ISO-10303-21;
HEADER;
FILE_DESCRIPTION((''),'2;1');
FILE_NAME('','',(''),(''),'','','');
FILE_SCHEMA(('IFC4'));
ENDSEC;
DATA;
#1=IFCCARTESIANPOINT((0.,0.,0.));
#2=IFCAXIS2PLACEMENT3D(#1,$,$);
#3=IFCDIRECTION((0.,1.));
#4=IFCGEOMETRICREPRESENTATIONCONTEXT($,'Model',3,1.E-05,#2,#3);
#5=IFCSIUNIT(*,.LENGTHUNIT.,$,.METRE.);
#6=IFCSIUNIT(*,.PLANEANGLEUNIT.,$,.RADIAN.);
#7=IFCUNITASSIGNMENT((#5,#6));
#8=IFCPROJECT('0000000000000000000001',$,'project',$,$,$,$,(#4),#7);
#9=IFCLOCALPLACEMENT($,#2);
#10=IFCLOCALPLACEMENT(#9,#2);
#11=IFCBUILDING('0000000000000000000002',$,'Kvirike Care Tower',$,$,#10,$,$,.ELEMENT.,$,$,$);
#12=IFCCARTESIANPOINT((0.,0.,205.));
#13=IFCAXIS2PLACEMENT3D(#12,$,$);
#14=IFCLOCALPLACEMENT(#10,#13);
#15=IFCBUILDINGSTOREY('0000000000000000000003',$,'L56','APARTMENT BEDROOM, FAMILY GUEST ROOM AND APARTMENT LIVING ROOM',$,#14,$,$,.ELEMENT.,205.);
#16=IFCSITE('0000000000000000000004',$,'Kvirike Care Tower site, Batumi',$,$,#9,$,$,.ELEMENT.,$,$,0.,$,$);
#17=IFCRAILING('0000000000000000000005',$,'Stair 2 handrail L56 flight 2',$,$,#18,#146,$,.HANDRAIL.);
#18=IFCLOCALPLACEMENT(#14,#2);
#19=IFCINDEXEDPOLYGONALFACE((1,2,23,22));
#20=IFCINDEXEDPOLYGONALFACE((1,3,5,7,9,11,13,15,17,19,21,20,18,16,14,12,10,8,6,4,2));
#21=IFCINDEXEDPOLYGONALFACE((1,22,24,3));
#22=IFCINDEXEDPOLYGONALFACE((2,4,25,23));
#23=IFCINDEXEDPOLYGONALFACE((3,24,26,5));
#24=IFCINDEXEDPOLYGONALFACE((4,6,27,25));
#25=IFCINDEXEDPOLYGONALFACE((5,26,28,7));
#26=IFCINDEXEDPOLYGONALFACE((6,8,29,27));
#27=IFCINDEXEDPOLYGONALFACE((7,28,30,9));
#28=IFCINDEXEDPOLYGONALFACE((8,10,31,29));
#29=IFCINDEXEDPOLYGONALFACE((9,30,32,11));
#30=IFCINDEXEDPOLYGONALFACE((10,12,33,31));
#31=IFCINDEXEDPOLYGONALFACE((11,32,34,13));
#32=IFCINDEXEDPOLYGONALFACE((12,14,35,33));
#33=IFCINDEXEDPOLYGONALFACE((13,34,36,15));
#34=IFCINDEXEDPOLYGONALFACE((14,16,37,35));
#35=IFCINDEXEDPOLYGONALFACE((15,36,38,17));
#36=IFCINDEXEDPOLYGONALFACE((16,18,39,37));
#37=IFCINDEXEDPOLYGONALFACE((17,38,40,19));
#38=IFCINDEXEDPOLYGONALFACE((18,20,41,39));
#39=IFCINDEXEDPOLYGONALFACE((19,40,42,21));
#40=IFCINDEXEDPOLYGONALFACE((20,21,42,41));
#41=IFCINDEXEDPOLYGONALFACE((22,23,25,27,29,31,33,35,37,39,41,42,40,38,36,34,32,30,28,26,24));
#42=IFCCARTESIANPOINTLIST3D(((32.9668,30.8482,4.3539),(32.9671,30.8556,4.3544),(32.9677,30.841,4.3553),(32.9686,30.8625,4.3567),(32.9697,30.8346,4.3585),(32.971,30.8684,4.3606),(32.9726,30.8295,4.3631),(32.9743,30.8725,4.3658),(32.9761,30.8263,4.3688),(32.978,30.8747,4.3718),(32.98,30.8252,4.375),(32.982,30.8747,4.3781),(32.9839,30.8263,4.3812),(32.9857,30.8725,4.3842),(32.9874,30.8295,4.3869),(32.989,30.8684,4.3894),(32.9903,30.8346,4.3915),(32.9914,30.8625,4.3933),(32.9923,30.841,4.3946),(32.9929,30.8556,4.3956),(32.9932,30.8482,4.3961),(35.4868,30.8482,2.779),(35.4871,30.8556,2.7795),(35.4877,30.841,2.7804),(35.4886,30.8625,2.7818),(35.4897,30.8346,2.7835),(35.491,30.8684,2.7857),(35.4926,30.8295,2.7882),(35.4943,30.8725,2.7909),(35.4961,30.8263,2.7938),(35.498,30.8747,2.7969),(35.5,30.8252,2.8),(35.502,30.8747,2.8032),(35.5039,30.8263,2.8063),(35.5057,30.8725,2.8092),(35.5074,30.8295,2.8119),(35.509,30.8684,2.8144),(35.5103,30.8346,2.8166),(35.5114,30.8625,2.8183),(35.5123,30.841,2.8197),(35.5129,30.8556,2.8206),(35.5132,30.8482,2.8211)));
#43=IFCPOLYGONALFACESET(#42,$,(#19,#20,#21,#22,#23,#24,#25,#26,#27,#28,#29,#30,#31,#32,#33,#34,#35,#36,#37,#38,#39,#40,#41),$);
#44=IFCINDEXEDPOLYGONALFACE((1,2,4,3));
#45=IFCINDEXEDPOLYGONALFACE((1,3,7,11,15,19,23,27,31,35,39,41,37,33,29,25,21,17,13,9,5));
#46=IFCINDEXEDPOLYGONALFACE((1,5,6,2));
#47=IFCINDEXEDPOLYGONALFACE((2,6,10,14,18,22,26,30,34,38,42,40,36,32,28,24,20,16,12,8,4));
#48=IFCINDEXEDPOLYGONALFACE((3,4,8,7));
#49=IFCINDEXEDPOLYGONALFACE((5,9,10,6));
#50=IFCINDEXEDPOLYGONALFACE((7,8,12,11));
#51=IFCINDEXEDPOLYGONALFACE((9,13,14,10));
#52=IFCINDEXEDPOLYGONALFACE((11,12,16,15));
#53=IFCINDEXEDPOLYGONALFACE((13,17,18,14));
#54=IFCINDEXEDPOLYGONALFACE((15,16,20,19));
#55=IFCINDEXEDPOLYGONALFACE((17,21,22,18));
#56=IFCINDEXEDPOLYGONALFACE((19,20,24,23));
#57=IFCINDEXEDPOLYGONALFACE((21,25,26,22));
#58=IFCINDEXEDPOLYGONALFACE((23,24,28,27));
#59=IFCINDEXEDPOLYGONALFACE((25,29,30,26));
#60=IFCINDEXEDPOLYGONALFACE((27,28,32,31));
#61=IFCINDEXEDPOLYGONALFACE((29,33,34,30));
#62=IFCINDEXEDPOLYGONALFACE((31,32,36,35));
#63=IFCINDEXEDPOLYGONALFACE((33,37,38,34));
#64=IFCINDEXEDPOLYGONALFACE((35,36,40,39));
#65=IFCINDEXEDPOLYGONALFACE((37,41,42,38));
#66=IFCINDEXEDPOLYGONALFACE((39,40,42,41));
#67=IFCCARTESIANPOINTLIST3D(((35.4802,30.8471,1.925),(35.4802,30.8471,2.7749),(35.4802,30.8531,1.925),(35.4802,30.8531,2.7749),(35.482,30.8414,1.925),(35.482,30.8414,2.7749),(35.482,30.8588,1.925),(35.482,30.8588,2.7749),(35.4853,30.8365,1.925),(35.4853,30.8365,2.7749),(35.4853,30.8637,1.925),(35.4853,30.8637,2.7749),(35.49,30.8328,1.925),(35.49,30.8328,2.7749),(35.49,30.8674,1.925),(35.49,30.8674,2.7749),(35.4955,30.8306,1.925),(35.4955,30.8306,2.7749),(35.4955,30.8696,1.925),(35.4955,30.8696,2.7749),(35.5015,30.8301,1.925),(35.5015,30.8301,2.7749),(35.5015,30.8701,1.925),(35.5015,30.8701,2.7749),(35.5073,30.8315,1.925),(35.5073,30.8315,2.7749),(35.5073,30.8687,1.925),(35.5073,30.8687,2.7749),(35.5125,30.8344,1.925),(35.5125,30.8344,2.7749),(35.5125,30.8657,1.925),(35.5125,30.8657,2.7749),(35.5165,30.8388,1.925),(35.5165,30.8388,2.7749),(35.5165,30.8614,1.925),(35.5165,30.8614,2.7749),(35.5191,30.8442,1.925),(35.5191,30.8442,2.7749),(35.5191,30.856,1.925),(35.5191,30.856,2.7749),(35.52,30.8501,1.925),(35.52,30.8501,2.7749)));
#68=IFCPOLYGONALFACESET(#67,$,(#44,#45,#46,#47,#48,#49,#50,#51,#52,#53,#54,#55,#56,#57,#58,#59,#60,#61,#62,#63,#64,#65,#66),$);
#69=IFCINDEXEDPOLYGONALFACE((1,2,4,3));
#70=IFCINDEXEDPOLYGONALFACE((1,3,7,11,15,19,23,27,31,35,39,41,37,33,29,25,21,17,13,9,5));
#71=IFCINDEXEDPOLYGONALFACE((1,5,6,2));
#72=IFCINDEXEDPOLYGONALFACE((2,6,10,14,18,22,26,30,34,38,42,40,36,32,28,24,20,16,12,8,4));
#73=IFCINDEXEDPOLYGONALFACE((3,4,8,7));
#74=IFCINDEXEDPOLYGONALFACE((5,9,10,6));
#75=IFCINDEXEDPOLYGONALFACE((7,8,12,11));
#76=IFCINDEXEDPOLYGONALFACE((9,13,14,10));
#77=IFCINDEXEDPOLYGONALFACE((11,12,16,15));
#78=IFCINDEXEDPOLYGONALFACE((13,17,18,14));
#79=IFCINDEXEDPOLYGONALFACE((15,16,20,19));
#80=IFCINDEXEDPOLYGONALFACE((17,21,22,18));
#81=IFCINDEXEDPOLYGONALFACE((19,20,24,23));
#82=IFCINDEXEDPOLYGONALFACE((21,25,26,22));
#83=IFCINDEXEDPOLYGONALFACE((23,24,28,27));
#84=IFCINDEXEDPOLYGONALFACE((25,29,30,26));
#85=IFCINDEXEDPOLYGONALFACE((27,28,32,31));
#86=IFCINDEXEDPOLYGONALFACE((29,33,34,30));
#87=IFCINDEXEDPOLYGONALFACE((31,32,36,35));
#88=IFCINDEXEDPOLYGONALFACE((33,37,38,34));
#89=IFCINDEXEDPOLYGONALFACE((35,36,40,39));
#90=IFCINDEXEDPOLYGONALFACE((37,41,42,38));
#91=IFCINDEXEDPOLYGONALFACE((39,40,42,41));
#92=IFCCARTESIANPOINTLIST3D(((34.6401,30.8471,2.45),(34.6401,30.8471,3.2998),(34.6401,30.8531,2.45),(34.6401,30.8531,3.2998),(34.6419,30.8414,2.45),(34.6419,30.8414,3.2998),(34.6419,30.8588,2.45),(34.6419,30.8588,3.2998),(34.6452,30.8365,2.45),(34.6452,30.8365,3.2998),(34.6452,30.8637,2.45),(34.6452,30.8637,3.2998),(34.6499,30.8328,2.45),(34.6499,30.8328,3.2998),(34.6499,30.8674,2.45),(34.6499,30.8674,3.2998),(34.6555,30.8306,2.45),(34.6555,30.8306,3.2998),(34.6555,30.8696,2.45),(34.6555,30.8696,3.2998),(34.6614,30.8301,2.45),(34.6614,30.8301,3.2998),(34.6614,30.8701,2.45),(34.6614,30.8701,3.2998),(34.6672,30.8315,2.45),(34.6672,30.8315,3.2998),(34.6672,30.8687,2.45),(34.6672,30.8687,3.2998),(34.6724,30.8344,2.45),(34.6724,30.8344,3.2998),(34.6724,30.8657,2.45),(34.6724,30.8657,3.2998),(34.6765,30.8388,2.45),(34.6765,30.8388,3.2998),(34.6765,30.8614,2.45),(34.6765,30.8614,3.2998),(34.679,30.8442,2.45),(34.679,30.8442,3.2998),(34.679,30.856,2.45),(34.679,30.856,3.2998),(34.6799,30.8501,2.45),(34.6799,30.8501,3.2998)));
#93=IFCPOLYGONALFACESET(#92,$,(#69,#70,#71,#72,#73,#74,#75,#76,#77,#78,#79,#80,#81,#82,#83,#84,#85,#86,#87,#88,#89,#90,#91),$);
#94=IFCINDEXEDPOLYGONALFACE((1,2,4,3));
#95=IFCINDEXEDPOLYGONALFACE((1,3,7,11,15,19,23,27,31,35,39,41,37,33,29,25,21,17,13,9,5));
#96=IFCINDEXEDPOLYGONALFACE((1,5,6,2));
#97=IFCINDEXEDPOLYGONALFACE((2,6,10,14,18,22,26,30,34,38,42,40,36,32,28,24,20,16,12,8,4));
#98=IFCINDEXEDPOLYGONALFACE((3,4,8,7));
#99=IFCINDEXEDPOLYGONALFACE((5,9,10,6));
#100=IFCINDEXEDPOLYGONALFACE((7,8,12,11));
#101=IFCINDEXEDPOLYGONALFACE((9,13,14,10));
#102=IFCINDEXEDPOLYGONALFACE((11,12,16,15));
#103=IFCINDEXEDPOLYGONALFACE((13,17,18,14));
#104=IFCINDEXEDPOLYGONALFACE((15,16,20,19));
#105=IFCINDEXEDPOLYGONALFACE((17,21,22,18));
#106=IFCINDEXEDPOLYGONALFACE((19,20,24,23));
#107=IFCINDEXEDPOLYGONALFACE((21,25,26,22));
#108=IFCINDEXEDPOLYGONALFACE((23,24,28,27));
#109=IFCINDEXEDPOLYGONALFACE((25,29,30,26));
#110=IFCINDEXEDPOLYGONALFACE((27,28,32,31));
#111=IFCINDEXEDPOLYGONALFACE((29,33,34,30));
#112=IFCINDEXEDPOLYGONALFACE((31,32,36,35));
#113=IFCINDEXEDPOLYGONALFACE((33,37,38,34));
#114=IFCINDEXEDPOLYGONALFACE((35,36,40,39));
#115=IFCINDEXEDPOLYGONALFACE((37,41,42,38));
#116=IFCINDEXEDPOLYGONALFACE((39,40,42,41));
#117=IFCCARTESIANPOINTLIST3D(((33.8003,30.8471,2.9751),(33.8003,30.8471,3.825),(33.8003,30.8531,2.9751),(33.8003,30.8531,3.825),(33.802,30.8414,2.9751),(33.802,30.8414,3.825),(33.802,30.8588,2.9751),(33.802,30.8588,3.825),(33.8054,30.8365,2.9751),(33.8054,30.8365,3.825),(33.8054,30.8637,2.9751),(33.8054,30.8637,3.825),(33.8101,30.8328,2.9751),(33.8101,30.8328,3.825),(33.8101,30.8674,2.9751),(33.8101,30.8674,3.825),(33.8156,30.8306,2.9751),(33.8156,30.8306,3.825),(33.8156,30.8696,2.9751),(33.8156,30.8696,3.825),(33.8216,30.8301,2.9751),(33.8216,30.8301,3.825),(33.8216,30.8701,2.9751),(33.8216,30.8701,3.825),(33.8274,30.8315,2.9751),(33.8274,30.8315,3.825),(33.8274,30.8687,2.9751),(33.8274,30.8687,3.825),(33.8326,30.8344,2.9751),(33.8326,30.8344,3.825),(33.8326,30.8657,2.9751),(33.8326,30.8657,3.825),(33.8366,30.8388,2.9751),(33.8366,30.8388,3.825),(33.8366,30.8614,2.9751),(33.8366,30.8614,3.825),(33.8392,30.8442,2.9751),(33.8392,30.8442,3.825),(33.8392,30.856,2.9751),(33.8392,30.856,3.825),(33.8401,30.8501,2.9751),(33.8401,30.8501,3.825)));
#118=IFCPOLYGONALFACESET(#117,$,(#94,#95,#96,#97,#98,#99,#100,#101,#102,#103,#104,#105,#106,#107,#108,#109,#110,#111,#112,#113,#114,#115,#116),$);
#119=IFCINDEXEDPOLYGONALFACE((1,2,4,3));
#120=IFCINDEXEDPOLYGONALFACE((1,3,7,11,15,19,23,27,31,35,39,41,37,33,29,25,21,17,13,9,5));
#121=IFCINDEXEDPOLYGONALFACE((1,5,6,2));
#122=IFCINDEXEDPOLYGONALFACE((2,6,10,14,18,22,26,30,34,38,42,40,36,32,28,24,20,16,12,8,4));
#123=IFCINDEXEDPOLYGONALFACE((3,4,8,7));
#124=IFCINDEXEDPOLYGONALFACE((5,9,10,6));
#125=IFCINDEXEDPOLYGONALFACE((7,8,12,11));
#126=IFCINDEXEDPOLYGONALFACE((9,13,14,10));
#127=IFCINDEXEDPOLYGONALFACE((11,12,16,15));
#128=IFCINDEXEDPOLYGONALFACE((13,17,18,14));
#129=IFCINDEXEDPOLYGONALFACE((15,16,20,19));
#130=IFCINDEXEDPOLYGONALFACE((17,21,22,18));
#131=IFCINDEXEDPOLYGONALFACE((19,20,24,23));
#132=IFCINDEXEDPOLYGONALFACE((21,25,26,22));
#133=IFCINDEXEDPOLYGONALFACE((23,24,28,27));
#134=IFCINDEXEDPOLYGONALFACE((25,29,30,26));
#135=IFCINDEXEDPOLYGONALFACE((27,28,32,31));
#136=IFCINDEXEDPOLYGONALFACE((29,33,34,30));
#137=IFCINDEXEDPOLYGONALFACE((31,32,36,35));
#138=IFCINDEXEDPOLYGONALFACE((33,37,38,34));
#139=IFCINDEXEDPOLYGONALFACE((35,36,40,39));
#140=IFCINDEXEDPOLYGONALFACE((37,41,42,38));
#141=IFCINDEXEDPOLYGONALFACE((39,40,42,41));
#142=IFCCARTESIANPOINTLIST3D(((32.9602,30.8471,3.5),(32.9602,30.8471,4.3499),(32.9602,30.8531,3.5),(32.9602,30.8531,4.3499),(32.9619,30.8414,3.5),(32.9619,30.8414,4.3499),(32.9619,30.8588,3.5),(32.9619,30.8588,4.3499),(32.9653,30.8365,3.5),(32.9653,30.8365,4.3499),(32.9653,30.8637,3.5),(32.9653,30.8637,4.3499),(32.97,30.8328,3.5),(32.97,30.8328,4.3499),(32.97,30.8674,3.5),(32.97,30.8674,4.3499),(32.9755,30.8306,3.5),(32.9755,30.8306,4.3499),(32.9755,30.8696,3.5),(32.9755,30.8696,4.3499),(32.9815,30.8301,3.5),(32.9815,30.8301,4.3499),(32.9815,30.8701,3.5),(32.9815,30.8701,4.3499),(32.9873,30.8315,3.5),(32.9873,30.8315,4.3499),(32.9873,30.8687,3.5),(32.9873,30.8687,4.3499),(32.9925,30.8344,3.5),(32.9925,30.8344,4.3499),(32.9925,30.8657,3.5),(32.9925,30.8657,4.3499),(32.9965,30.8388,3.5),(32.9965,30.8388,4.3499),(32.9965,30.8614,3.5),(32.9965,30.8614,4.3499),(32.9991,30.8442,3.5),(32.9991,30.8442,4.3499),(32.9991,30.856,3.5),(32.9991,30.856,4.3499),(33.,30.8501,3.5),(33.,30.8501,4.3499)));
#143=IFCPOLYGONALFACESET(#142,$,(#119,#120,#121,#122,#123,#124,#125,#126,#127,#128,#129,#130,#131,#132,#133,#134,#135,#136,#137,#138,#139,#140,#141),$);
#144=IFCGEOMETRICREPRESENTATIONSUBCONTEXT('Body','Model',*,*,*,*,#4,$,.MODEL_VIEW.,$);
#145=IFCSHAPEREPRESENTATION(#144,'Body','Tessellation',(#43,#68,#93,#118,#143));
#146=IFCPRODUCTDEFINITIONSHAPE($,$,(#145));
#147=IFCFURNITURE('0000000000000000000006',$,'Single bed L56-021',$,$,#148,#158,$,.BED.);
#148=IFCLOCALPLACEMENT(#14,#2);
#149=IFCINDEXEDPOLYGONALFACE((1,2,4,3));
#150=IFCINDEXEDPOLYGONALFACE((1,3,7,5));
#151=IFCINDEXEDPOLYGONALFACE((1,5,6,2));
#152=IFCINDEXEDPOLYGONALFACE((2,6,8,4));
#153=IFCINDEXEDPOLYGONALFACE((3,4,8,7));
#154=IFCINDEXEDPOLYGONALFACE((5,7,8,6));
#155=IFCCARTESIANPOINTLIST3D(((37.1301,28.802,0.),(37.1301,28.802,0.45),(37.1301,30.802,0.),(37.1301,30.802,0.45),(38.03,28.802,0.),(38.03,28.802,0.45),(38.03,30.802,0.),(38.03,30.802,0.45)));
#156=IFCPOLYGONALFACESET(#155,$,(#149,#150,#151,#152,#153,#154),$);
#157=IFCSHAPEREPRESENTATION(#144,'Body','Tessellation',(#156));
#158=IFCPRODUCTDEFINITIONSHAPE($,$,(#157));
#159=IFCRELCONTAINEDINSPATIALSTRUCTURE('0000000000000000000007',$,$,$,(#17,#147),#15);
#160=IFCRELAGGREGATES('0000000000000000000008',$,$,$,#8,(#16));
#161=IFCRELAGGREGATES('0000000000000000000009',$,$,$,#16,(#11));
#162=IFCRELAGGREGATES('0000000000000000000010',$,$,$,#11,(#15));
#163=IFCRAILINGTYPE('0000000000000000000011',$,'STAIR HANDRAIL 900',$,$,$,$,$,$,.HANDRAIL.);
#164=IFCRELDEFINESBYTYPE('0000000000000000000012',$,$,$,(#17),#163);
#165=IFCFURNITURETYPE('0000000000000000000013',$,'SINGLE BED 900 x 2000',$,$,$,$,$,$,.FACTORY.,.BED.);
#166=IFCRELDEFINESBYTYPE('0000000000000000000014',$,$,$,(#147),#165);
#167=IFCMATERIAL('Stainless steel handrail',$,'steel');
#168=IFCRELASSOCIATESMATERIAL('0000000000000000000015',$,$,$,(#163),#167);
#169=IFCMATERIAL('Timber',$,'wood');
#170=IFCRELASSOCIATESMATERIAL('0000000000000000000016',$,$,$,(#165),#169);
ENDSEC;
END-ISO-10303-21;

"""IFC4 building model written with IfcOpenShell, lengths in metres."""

from ifc_helpers import new_model, si_unit, direction, frame, origin, origin_2d, place, context, subcontext, project, spatial, rectangle, circle, extrude, material, type_object, element, save


model = new_model("IFC4")

# Units and contexts
model_context = context("Model", 3, precision=1e-05, world=origin(), true_north=direction((0.0, 1.0)))
body_context = subcontext(model_context, "Body", "Model", "MODEL_VIEW")
ifc_project = project(units=[si_unit("LENGTHUNIT", "METRE"), si_unit("PLANEANGLEUNIT", "RADIAN")], contexts=[model_context])

# Site, building, storey
site_placement = place(None, origin())
site = spatial("IfcSite", under=ifc_project, at=site_placement, Name="Kvirike Care Tower site, Batumi", CompositionType="ELEMENT", RefElevation=0.0)
building_placement = place(site_placement, origin())
building = spatial("IfcBuilding", under=site, at=building_placement, Name="Kvirike Care Tower", CompositionType="ELEMENT")
storey_placement = place(building_placement, frame((0.0, 0.0, 205.0)))
storey = spatial("IfcBuildingStorey", under=building, at=storey_placement, Name="L56", Description="APARTMENT BEDROOM, FAMILY GUEST ROOM AND APARTMENT LIVING ROOM", CompositionType="ELEMENT", Elevation=205.0)

# Railing
ifc_material_1 = material(Name="Stainless steel handrail", Category="steel")
railing_type = type_object("IfcRailingType", Name="STAIR HANDRAIL 900", PredefinedType="HANDRAIL", material=ifc_material_1)
railing_1_placement = place(storey_placement, frame((35.5, 30.8501, 1.925)))
element("IfcRailing", 1, at=railing_1_placement, inside=storey, type_object=railing_type, Name="Stair 2 handrail L56 flight 2", PredefinedType="HANDRAIL", context=body_context, shape_type="SweptSolid", body=[
    extrude(circle(Radius=0.0249, at=origin_2d()), frame((0.0, 0.0, 0.875), z_axis=(-0.848008, 0.0, 0.529984), x_axis=(0.0, -1.0, 0.0)), (0.0, 0.0, 1.0), 2.9717),
    extrude(circle(Radius=0.02, at=origin_2d()), origin(), (0.0, 0.0, 1.0), 0.8499),
    extrude(circle(Radius=0.02, at=origin_2d()), frame((-0.8401, 0.0, 0.5249)), (0.0, 0.0, 1.0), 0.8499),
    extrude(circle(Radius=0.02, at=origin_2d()), frame((-1.6799, 0.0, 1.05)), (0.0, 0.0, 1.0), 0.8499),
    extrude(circle(Radius=0.02, at=origin_2d()), frame((-2.52, 0.0, 1.575)), (0.0, 0.0, 1.0), 0.8499),
])

# Furniture
ifc_material_2 = material(Name="Timber", Category="wood")
furniture_type = type_object("IfcFurnitureType", Name="SINGLE BED 900 x 2000", AssemblyPlace="FACTORY", PredefinedType="BED", material=ifc_material_2)
furniture_placement = place(storey_placement, frame((37.5801, 29.802, 0.0), z_axis=(0.0, 0.0, 1.0), x_axis=(-1.0, 0.0, 0.0)))
element("IfcFurniture", 2, at=furniture_placement, inside=storey, type_object=furniture_type, Name="Single bed L56-021", PredefinedType="BED", context=body_context, shape_type="SweptSolid", body=[
    extrude(rectangle(XDim=0.8999, YDim=2.0, at=origin_2d()), origin(), (0.0, 0.0, 1.0), 0.45),
])

save(model, "model.ifc")
